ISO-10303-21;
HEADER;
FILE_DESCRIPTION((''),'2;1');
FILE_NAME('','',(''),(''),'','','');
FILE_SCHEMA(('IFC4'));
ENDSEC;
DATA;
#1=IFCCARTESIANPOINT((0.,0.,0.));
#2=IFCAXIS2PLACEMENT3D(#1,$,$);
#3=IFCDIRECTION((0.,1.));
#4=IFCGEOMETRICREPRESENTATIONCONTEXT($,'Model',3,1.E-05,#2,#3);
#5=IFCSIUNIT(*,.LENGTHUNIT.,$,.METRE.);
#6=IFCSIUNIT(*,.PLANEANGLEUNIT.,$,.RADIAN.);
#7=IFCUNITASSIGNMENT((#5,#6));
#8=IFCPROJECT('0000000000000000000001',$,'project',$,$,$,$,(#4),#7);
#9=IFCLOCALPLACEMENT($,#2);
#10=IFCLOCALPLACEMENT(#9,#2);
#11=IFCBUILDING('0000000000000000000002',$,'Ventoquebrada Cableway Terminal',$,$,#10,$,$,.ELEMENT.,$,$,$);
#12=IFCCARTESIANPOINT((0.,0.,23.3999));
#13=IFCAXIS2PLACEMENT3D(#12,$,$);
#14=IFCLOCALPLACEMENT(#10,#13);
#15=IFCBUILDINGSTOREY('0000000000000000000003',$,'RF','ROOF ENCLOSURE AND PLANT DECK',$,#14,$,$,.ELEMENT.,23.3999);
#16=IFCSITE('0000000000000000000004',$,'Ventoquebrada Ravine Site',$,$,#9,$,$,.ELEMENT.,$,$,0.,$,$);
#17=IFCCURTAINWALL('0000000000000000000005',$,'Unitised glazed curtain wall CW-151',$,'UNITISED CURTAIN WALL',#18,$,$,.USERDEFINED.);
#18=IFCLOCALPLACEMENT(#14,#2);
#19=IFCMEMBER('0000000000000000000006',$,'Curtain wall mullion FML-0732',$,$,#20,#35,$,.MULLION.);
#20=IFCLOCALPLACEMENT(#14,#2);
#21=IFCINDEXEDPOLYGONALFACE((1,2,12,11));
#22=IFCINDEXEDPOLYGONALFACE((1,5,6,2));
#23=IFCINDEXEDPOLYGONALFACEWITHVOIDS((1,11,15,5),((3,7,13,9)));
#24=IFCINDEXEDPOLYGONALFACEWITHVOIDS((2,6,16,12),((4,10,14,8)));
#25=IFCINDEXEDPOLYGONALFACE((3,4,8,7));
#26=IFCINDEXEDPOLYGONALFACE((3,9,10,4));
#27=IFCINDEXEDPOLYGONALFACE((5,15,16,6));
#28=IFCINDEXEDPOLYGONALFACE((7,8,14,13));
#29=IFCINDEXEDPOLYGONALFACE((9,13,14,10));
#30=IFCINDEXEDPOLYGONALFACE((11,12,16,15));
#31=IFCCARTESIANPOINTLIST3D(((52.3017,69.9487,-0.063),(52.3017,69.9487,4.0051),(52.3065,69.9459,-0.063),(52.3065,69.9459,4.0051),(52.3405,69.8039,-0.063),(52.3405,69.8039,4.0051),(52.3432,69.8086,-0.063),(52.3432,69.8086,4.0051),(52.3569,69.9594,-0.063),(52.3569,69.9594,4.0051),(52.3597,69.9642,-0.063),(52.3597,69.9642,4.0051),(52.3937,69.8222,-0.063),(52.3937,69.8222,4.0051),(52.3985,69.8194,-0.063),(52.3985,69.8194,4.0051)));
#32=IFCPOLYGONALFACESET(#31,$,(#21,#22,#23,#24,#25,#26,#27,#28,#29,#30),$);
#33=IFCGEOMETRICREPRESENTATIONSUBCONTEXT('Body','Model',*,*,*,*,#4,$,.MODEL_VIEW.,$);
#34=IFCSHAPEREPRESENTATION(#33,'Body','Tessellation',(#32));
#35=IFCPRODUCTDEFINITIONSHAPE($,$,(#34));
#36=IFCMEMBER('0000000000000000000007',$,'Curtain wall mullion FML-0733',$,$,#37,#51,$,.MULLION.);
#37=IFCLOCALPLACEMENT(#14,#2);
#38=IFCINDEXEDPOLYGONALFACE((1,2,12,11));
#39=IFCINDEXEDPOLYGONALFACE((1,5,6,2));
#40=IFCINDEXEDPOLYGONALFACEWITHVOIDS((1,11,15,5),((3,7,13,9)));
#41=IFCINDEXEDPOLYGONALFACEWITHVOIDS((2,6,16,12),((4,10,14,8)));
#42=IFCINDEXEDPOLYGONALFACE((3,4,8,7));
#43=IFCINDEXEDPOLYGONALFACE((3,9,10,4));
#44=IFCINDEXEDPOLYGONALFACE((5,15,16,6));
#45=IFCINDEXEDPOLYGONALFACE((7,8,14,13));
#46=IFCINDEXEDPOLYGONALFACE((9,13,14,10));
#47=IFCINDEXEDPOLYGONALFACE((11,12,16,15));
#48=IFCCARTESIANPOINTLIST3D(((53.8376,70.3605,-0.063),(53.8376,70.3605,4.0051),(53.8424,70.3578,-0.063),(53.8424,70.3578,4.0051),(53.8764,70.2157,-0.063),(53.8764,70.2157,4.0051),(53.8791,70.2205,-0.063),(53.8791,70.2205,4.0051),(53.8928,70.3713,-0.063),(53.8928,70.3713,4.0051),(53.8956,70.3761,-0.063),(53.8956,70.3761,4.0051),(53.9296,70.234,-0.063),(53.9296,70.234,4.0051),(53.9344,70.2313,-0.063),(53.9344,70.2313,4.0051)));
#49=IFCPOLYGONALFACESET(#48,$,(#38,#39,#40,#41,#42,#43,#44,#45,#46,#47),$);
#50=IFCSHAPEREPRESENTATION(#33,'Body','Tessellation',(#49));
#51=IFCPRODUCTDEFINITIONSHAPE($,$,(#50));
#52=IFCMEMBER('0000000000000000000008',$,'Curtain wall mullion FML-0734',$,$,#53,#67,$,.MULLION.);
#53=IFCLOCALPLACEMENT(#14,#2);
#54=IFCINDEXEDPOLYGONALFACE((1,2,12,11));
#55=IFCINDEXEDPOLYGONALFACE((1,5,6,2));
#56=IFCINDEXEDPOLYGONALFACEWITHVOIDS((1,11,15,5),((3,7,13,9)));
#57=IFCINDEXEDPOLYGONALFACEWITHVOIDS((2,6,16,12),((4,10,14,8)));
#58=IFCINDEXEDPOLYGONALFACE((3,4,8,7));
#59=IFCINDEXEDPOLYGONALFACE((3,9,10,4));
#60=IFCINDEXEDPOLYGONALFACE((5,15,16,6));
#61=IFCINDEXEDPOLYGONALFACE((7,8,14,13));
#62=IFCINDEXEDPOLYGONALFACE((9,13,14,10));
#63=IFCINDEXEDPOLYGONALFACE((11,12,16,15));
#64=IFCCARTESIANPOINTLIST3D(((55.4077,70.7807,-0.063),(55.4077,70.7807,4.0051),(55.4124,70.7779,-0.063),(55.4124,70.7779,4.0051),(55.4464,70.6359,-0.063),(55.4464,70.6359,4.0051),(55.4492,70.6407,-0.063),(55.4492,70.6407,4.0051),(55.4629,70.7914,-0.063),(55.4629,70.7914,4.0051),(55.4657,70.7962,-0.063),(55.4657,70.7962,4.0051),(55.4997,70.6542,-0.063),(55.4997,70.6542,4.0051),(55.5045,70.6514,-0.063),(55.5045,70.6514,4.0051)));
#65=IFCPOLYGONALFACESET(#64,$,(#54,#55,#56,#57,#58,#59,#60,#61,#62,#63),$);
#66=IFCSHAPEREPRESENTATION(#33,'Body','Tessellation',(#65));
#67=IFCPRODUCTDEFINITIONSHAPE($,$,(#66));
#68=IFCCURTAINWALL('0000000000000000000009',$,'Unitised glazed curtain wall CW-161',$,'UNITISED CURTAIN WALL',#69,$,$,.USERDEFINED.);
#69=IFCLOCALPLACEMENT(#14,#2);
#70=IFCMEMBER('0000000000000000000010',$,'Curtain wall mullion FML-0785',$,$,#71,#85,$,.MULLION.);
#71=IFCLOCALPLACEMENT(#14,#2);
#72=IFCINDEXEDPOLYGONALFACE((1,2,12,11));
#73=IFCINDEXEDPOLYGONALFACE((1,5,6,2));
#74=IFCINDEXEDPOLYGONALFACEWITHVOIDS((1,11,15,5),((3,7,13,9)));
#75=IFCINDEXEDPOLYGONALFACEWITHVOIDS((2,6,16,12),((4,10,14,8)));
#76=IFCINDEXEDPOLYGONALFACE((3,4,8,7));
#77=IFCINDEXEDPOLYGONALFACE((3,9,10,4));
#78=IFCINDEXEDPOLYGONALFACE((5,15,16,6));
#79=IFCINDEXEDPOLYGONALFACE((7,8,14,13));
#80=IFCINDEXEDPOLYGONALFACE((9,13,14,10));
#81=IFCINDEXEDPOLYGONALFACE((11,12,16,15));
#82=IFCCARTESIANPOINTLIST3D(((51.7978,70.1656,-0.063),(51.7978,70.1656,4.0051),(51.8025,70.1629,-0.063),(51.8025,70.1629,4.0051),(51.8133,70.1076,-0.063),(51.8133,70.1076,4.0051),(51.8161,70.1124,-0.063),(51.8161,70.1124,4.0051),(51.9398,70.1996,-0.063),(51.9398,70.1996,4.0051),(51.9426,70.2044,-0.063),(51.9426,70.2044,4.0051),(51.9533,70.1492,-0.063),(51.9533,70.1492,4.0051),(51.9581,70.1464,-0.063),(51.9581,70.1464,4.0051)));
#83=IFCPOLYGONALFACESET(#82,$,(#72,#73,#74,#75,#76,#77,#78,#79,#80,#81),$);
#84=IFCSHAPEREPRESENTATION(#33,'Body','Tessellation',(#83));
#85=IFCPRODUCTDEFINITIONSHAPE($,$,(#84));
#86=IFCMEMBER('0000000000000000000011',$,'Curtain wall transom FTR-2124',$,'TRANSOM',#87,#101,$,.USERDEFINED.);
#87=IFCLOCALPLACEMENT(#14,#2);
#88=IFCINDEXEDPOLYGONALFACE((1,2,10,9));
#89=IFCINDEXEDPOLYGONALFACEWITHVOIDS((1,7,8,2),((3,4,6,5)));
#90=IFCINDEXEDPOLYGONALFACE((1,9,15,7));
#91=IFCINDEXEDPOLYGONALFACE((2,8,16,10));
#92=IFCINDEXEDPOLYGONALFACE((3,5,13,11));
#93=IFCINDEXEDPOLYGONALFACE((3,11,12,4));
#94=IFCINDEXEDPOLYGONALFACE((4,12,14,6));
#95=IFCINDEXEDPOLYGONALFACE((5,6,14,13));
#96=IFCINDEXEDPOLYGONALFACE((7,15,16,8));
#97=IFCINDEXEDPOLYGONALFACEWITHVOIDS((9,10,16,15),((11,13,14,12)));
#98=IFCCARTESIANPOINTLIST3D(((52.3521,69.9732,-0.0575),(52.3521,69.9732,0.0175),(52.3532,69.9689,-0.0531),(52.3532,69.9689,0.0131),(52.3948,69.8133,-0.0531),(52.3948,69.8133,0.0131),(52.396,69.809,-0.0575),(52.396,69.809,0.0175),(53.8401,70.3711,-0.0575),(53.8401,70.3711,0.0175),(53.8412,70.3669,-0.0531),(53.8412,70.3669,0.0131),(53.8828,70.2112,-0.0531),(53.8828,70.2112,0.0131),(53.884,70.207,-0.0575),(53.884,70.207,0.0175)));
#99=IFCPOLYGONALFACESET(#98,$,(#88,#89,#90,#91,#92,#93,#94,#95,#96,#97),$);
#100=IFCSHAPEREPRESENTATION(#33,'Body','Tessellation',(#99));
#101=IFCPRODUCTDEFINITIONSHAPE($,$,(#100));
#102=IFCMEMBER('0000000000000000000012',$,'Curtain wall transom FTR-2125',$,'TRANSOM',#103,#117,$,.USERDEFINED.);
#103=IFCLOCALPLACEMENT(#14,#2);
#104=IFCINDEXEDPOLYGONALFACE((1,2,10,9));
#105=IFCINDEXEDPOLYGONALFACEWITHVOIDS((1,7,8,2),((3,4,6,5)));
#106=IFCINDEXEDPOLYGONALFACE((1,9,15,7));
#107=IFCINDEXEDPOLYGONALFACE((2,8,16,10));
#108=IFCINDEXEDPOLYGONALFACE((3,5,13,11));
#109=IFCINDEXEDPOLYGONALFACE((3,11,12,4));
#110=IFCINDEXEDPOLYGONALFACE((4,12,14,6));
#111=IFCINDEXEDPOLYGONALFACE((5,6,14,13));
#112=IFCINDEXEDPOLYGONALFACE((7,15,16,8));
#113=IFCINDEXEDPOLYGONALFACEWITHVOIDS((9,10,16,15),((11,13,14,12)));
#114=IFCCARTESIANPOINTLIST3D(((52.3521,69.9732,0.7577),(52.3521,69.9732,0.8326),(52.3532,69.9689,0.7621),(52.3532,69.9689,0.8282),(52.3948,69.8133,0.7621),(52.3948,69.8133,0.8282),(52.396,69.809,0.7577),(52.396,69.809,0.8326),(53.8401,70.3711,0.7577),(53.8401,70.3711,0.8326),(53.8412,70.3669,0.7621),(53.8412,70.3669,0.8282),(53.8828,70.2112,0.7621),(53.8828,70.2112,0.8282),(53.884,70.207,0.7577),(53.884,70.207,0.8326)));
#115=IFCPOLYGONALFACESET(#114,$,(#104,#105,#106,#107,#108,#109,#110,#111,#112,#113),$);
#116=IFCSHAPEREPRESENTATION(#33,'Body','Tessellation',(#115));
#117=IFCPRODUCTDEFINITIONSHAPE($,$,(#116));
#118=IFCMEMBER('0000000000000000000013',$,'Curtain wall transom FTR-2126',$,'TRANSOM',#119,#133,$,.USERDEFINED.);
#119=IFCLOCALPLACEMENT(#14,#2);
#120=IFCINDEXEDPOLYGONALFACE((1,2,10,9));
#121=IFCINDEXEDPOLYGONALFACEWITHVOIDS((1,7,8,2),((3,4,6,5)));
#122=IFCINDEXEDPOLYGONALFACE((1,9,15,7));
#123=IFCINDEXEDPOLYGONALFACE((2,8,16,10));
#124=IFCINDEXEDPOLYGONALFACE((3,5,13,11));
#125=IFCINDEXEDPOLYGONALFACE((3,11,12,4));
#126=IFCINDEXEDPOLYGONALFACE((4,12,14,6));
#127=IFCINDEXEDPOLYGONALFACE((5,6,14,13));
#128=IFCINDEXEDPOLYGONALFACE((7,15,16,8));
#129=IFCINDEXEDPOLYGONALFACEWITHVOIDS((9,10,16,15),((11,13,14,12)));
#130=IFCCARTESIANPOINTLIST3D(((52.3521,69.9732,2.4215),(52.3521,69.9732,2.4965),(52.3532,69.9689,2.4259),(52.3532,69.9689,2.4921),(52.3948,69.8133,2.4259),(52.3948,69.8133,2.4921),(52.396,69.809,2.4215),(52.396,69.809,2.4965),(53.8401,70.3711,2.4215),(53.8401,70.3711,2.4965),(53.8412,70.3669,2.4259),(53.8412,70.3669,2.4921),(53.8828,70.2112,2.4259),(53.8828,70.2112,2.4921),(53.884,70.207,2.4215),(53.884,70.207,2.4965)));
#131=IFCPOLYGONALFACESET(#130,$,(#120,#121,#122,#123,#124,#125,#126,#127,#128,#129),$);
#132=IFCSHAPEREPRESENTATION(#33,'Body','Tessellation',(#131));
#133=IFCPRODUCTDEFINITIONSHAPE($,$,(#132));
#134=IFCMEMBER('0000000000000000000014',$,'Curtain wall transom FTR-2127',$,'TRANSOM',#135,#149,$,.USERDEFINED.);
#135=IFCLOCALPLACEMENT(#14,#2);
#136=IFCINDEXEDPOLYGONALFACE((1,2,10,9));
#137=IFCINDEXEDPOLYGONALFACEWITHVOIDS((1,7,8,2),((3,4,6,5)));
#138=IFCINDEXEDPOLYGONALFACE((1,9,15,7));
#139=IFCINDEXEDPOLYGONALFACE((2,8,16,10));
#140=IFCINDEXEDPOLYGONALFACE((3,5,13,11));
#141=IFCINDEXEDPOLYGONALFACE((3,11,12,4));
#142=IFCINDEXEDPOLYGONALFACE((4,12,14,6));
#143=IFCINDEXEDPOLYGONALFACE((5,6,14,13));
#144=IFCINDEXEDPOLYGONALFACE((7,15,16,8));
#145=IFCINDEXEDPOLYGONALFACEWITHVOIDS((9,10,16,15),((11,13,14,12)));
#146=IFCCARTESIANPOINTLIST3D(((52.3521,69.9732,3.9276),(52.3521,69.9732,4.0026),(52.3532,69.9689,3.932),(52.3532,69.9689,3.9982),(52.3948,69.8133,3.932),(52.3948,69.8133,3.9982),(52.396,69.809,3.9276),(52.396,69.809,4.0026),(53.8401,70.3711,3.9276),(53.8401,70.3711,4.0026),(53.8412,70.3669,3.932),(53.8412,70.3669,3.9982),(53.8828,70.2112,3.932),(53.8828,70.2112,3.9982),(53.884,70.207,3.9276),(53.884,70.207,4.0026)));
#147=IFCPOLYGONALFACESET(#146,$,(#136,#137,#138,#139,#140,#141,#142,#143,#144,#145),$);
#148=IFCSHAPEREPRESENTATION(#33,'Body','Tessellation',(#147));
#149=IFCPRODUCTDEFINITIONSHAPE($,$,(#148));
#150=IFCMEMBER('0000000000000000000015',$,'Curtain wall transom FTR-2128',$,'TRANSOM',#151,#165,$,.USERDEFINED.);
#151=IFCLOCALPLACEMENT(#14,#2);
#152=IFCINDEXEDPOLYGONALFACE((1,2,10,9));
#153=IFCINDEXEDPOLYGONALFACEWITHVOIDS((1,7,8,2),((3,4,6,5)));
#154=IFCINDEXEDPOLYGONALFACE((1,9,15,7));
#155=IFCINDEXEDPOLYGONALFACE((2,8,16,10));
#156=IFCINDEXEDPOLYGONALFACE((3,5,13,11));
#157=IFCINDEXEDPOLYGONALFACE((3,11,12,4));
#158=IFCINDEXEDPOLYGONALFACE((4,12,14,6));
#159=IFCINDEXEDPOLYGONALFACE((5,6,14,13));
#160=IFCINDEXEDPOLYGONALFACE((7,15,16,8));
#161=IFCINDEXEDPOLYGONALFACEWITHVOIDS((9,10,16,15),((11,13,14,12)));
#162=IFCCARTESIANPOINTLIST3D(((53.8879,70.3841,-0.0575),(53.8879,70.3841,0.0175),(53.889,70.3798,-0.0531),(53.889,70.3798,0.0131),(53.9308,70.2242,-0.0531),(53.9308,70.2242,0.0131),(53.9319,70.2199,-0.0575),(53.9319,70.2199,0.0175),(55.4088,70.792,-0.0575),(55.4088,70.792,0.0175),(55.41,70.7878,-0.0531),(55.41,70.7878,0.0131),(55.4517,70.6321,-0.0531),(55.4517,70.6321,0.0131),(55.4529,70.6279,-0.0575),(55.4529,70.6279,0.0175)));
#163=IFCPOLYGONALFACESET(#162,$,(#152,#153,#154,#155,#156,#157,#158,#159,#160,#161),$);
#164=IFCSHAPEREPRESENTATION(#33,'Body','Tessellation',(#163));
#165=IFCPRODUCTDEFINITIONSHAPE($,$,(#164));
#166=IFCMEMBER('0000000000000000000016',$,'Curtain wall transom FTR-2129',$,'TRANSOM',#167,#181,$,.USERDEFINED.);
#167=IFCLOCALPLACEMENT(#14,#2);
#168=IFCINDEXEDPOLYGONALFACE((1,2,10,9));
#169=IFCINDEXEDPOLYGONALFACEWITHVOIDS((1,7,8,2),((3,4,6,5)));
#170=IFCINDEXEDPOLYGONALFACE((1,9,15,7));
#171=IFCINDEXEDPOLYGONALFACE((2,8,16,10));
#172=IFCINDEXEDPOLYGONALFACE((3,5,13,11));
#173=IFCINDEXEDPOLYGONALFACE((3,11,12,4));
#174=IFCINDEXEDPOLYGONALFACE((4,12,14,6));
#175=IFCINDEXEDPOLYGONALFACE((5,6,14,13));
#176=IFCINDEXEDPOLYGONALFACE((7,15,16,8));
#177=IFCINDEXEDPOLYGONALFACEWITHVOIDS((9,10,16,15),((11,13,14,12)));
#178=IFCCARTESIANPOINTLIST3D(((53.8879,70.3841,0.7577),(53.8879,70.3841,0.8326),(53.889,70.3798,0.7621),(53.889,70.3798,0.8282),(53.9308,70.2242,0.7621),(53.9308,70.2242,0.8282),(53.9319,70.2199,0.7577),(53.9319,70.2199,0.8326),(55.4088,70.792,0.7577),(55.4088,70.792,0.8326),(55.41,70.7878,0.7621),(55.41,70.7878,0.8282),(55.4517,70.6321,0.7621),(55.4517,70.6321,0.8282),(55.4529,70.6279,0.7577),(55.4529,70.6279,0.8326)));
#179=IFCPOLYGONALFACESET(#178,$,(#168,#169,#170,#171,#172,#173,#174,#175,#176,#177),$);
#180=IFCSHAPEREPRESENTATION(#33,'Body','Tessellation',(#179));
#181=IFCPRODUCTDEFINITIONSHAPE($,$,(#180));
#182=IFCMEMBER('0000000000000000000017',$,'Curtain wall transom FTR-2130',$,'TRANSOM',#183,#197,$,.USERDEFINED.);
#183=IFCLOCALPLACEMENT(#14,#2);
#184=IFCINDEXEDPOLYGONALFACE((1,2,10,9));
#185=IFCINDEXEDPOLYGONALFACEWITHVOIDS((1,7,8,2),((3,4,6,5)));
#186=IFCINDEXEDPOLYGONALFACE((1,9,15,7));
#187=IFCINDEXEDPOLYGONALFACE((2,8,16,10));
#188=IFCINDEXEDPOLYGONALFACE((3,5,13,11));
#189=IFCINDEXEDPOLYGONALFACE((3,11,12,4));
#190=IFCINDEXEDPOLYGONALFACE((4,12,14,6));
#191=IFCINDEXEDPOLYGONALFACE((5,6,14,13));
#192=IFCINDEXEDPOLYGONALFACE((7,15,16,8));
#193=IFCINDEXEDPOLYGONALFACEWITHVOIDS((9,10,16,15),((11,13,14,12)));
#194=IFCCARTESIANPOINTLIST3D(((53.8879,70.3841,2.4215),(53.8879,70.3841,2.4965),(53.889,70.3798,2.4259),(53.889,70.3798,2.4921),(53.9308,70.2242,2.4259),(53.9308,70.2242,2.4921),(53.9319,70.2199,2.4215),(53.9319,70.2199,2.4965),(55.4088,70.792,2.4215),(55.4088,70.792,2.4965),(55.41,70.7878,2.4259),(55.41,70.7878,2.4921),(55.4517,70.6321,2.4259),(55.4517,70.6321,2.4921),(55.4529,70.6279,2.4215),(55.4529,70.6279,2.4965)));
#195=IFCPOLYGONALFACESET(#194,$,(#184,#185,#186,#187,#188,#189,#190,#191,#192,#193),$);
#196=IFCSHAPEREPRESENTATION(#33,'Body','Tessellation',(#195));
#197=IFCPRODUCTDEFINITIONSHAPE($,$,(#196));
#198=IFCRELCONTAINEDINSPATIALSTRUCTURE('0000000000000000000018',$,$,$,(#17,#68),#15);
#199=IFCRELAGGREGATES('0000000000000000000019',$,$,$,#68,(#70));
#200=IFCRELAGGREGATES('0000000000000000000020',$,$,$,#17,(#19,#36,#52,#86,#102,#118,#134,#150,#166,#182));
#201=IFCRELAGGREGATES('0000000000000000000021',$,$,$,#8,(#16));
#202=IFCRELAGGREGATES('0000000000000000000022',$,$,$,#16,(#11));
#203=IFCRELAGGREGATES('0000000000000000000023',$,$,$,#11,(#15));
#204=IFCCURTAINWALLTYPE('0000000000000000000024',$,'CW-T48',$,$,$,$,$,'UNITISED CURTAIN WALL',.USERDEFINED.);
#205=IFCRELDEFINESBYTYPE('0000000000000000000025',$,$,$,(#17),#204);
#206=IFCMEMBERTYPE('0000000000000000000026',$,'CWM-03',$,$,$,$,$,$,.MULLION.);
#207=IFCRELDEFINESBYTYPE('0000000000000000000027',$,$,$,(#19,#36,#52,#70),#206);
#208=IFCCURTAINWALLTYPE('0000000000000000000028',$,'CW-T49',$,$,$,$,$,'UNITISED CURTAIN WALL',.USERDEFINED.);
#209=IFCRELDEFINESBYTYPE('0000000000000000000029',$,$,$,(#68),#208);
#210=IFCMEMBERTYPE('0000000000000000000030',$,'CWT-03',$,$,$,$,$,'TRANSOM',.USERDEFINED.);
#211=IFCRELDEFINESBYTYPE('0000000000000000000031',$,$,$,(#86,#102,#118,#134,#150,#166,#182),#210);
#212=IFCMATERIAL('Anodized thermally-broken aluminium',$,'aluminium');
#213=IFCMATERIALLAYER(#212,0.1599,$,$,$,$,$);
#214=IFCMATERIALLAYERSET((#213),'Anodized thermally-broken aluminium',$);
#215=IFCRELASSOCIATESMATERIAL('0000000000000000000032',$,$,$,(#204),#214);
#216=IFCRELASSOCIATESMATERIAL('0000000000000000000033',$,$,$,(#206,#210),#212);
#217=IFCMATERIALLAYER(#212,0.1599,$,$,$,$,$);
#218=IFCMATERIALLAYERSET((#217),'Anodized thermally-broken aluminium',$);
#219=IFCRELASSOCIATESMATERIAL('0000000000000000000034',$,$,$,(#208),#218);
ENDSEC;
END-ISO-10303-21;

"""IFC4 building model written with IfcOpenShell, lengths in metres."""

from ifc_helpers import new_model, si_unit, direction, frame, origin, origin_2d, place, context, subcontext, project, spatial, hollow_rectangle, extrude, material, layer, layer_set, material_profile, profile_set, type_object, element, aggregate, save


model = new_model("IFC4")

# Units and contexts
model_context = context("Model", 3, precision=1e-05, world=origin(), true_north=direction((0.0, 1.0)))
body_context = subcontext(model_context, "Body", "Model", "MODEL_VIEW")
ifc_project = project(units=[si_unit("LENGTHUNIT", "METRE"), si_unit("PLANEANGLEUNIT", "RADIAN")], contexts=[model_context])

# Site, building, storey
site_placement = place(None, origin())
site = spatial("IfcSite", under=ifc_project, at=site_placement, Name="Ventoquebrada Ravine Site", CompositionType="ELEMENT", RefElevation=0.0)
building_placement = place(site_placement, origin())
building = spatial("IfcBuilding", under=site, at=building_placement, Name="Ventoquebrada Cableway Terminal", CompositionType="ELEMENT")
storey_placement = place(building_placement, frame((0.0, 0.0, 23.3999)))
storey = spatial("IfcBuildingStorey", under=building, at=storey_placement, Name="RF", Description="ROOF ENCLOSURE AND PLANT DECK", CompositionType="ELEMENT", Elevation=23.3999)

# Curtain wall, members
ifc_material_1 = material(Name="Anodized thermally-broken aluminium", Category="aluminium")
ifc_layer_1 = layer(ifc_material_1, 0.1599)
ifc_layer_set_1 = layer_set([ifc_layer_1], Name="Anodized thermally-broken aluminium")
curtain_wall_type_1 = type_object("IfcCurtainWallType", Name="CW-T48", ElementType="UNITISED CURTAIN WALL", PredefinedType="USERDEFINED", material=ifc_layer_set_1)
curtain_wall_1_placement = place(storey_placement, origin())
curtain_wall_1 = element("IfcCurtainWall", 1, at=curtain_wall_1_placement, inside=storey, type_object=curtain_wall_type_1, Name="Unitised glazed curtain wall CW-151", ObjectType="UNITISED CURTAIN WALL", PredefinedType="USERDEFINED")
ifc_material_profile_1 = material_profile(ifc_material_1, hollow_rectangle(XDim=0.0601, YDim=0.1499, WallThickness=0.0039, at=origin_2d()), Name="CW-MUL-60X150")
ifc_profile_set_1 = profile_set([ifc_material_profile_1], Name="Anodized thermally-broken aluminium")
member_type_1 = type_object("IfcMemberType", Name="CWM-03", PredefinedType="MULLION", material=ifc_profile_set_1)
member_1_placement = place(storey_placement, frame((52.3501, 69.884, -0.063), z_axis=(0.0, 0.0, 1.0), x_axis=(0.965944, 0.258752, 0.0)))
member_1 = element("IfcMember", 2, at=member_1_placement, type_object=member_type_1, Name="Curtain wall mullion FML-0732", PredefinedType="MULLION", context=body_context, shape_type="SweptSolid", body=[
    extrude(hollow_rectangle(XDim=0.0601, YDim=0.1499, WallThickness=0.0039, at=origin_2d()), origin(), (0.0, 0.0, 1.0), 4.0681),
])
member_2_placement = place(storey_placement, frame((53.886, 70.2959, -0.063), z_axis=(0.0, 0.0, 1.0), x_axis=(0.965944, 0.258752, 0.0)))
member_2 = element("IfcMember", 3, at=member_2_placement, type_object=member_type_1, Name="Curtain wall mullion FML-0733", PredefinedType="MULLION", context=body_context, shape_type="SweptSolid", body=[
    extrude(hollow_rectangle(XDim=0.0601, YDim=0.1499, WallThickness=0.0039, at=origin_2d()), origin(), (0.0, 0.0, 1.0), 4.0681),
])
member_3_placement = place(storey_placement, frame((55.4561, 70.7161, -0.063), z_axis=(0.0, 0.0, 1.0), x_axis=(0.965944, 0.258752, 0.0)))
member_3 = element("IfcMember", 4, at=member_3_placement, type_object=member_type_1, Name="Curtain wall mullion FML-0734", PredefinedType="MULLION", context=body_context, shape_type="SweptSolid", body=[
    extrude(hollow_rectangle(XDim=0.0601, YDim=0.1499, WallThickness=0.0039, at=origin_2d()), origin(), (0.0, 0.0, 1.0), 4.0681),
])

# Curtain wall, member
ifc_layer_2 = layer(ifc_material_1, 0.1599)
ifc_layer_set_2 = layer_set([ifc_layer_2], Name="Anodized thermally-broken aluminium")
curtain_wall_type_2 = type_object("IfcCurtainWallType", Name="CW-T49", ElementType="UNITISED CURTAIN WALL", PredefinedType="USERDEFINED", material=ifc_layer_set_2)
curtain_wall_2_placement = place(storey_placement, origin())
curtain_wall_2 = element("IfcCurtainWall", 5, at=curtain_wall_2_placement, inside=storey, type_object=curtain_wall_type_2, Name="Unitised glazed curtain wall CW-161", ObjectType="UNITISED CURTAIN WALL", PredefinedType="USERDEFINED")
member_4_placement = place(storey_placement, frame((51.8779, 70.156, -0.063), z_axis=(0.0, 0.0, 1.0), x_axis=(0.258718, -0.965953, 0.0)))
member_4 = element("IfcMember", 6, at=member_4_placement, type_object=member_type_1, Name="Curtain wall mullion FML-0785", PredefinedType="MULLION", context=body_context, shape_type="SweptSolid", body=[
    extrude(hollow_rectangle(XDim=0.0601, YDim=0.1499, WallThickness=0.0039, at=origin_2d()), origin(), (0.0, 0.0, 1.0), 4.0681),
])
aggregate(curtain_wall_2, [member_4])

# Members
ifc_material_profile_2 = material_profile(ifc_material_1, hollow_rectangle(XDim=0.075, YDim=0.1699, WallThickness=0.0044, at=origin_2d()), Name="CW-TRN-75X170")
ifc_profile_set_2 = profile_set([ifc_material_profile_2], Name="Anodized thermally-broken aluminium")
member_type_2 = type_object("IfcMemberType", Name="CWT-03", ElementType="TRANSOM", PredefinedType="USERDEFINED", material=ifc_profile_set_2)
member_5_placement = place(storey_placement, frame((52.374, 69.8911, -0.02), z_axis=(0.966051, 0.258353, 0.0), x_axis=(0.0, 0.0, 1.0)))
member_5 = element("IfcMember", 7, at=member_5_placement, type_object=member_type_2, Name="Curtain wall transom FTR-2124", ObjectType="TRANSOM", PredefinedType="USERDEFINED", context=body_context, shape_type="SweptSolid", body=[
    extrude(hollow_rectangle(XDim=0.075, YDim=0.1699, WallThickness=0.0044, at=origin_2d()), origin(), (0.0, 0.0, 1.0), 1.5403),
])
member_6_placement = place(storey_placement, frame((52.374, 69.8911, 0.7952), z_axis=(0.966051, 0.258353, 0.0), x_axis=(0.0, 0.0, 1.0)))
member_6 = element("IfcMember", 8, at=member_6_placement, type_object=member_type_2, Name="Curtain wall transom FTR-2125", ObjectType="TRANSOM", PredefinedType="USERDEFINED", context=body_context, shape_type="SweptSolid", body=[
    extrude(hollow_rectangle(XDim=0.075, YDim=0.1699, WallThickness=0.0044, at=origin_2d()), origin(), (0.0, 0.0, 1.0), 1.5403),
])
member_7_placement = place(storey_placement, frame((52.374, 69.8911, 2.459), z_axis=(0.966051, 0.258353, 0.0), x_axis=(0.0, 0.0, 1.0)))
member_7 = element("IfcMember", 9, at=member_7_placement, type_object=member_type_2, Name="Curtain wall transom FTR-2126", ObjectType="TRANSOM", PredefinedType="USERDEFINED", context=body_context, shape_type="SweptSolid", body=[
    extrude(hollow_rectangle(XDim=0.075, YDim=0.1699, WallThickness=0.0044, at=origin_2d()), origin(), (0.0, 0.0, 1.0), 1.5403),
])
member_8_placement = place(storey_placement, frame((52.374, 69.8911, 3.9651), z_axis=(0.966051, 0.258353, 0.0), x_axis=(0.0, 0.0, 1.0)))
member_8 = element("IfcMember", 10, at=member_8_placement, type_object=member_type_2, Name="Curtain wall transom FTR-2127", ObjectType="TRANSOM", PredefinedType="USERDEFINED", context=body_context, shape_type="SweptSolid", body=[
    extrude(hollow_rectangle(XDim=0.075, YDim=0.1699, WallThickness=0.0044, at=origin_2d()), origin(), (0.0, 0.0, 1.0), 1.5403),
])
member_9_placement = place(storey_placement, frame((53.9099, 70.302, -0.02), z_axis=(0.965861, 0.259062, 0.0), x_axis=(0.0, 0.0, 1.0)))
member_9 = element("IfcMember", 11, at=member_9_placement, type_object=member_type_2, Name="Curtain wall transom FTR-2128", ObjectType="TRANSOM", PredefinedType="USERDEFINED", context=body_context, shape_type="SweptSolid", body=[
    extrude(hollow_rectangle(XDim=0.075, YDim=0.1699, WallThickness=0.0044, at=origin_2d()), origin(), (0.0, 0.0, 1.0), 1.5747),
])
member_10_placement = place(storey_placement, frame((53.9099, 70.302, 0.7952), z_axis=(0.965861, 0.259062, 0.0), x_axis=(0.0, 0.0, 1.0)))
member_10 = element("IfcMember", 12, at=member_10_placement, type_object=member_type_2, Name="Curtain wall transom FTR-2129", ObjectType="TRANSOM", PredefinedType="USERDEFINED", context=body_context, shape_type="SweptSolid", body=[
    extrude(hollow_rectangle(XDim=0.075, YDim=0.1699, WallThickness=0.0044, at=origin_2d()), origin(), (0.0, 0.0, 1.0), 1.5747),
])
member_11_placement = place(storey_placement, frame((53.9099, 70.302, 2.459), z_axis=(0.965861, 0.259062, 0.0), x_axis=(0.0, 0.0, 1.0)))
member_11 = element("IfcMember", 13, at=member_11_placement, type_object=member_type_2, Name="Curtain wall transom FTR-2130", ObjectType="TRANSOM", PredefinedType="USERDEFINED", context=body_context, shape_type="SweptSolid", body=[
    extrude(hollow_rectangle(XDim=0.075, YDim=0.1699, WallThickness=0.0044, at=origin_2d()), origin(), (0.0, 0.0, 1.0), 1.5747),
])

aggregate(curtain_wall_1, [member_1, member_2, member_3, member_5, member_6, member_7, member_8, member_9, member_10, member_11])

save(model, "model.ifc")
